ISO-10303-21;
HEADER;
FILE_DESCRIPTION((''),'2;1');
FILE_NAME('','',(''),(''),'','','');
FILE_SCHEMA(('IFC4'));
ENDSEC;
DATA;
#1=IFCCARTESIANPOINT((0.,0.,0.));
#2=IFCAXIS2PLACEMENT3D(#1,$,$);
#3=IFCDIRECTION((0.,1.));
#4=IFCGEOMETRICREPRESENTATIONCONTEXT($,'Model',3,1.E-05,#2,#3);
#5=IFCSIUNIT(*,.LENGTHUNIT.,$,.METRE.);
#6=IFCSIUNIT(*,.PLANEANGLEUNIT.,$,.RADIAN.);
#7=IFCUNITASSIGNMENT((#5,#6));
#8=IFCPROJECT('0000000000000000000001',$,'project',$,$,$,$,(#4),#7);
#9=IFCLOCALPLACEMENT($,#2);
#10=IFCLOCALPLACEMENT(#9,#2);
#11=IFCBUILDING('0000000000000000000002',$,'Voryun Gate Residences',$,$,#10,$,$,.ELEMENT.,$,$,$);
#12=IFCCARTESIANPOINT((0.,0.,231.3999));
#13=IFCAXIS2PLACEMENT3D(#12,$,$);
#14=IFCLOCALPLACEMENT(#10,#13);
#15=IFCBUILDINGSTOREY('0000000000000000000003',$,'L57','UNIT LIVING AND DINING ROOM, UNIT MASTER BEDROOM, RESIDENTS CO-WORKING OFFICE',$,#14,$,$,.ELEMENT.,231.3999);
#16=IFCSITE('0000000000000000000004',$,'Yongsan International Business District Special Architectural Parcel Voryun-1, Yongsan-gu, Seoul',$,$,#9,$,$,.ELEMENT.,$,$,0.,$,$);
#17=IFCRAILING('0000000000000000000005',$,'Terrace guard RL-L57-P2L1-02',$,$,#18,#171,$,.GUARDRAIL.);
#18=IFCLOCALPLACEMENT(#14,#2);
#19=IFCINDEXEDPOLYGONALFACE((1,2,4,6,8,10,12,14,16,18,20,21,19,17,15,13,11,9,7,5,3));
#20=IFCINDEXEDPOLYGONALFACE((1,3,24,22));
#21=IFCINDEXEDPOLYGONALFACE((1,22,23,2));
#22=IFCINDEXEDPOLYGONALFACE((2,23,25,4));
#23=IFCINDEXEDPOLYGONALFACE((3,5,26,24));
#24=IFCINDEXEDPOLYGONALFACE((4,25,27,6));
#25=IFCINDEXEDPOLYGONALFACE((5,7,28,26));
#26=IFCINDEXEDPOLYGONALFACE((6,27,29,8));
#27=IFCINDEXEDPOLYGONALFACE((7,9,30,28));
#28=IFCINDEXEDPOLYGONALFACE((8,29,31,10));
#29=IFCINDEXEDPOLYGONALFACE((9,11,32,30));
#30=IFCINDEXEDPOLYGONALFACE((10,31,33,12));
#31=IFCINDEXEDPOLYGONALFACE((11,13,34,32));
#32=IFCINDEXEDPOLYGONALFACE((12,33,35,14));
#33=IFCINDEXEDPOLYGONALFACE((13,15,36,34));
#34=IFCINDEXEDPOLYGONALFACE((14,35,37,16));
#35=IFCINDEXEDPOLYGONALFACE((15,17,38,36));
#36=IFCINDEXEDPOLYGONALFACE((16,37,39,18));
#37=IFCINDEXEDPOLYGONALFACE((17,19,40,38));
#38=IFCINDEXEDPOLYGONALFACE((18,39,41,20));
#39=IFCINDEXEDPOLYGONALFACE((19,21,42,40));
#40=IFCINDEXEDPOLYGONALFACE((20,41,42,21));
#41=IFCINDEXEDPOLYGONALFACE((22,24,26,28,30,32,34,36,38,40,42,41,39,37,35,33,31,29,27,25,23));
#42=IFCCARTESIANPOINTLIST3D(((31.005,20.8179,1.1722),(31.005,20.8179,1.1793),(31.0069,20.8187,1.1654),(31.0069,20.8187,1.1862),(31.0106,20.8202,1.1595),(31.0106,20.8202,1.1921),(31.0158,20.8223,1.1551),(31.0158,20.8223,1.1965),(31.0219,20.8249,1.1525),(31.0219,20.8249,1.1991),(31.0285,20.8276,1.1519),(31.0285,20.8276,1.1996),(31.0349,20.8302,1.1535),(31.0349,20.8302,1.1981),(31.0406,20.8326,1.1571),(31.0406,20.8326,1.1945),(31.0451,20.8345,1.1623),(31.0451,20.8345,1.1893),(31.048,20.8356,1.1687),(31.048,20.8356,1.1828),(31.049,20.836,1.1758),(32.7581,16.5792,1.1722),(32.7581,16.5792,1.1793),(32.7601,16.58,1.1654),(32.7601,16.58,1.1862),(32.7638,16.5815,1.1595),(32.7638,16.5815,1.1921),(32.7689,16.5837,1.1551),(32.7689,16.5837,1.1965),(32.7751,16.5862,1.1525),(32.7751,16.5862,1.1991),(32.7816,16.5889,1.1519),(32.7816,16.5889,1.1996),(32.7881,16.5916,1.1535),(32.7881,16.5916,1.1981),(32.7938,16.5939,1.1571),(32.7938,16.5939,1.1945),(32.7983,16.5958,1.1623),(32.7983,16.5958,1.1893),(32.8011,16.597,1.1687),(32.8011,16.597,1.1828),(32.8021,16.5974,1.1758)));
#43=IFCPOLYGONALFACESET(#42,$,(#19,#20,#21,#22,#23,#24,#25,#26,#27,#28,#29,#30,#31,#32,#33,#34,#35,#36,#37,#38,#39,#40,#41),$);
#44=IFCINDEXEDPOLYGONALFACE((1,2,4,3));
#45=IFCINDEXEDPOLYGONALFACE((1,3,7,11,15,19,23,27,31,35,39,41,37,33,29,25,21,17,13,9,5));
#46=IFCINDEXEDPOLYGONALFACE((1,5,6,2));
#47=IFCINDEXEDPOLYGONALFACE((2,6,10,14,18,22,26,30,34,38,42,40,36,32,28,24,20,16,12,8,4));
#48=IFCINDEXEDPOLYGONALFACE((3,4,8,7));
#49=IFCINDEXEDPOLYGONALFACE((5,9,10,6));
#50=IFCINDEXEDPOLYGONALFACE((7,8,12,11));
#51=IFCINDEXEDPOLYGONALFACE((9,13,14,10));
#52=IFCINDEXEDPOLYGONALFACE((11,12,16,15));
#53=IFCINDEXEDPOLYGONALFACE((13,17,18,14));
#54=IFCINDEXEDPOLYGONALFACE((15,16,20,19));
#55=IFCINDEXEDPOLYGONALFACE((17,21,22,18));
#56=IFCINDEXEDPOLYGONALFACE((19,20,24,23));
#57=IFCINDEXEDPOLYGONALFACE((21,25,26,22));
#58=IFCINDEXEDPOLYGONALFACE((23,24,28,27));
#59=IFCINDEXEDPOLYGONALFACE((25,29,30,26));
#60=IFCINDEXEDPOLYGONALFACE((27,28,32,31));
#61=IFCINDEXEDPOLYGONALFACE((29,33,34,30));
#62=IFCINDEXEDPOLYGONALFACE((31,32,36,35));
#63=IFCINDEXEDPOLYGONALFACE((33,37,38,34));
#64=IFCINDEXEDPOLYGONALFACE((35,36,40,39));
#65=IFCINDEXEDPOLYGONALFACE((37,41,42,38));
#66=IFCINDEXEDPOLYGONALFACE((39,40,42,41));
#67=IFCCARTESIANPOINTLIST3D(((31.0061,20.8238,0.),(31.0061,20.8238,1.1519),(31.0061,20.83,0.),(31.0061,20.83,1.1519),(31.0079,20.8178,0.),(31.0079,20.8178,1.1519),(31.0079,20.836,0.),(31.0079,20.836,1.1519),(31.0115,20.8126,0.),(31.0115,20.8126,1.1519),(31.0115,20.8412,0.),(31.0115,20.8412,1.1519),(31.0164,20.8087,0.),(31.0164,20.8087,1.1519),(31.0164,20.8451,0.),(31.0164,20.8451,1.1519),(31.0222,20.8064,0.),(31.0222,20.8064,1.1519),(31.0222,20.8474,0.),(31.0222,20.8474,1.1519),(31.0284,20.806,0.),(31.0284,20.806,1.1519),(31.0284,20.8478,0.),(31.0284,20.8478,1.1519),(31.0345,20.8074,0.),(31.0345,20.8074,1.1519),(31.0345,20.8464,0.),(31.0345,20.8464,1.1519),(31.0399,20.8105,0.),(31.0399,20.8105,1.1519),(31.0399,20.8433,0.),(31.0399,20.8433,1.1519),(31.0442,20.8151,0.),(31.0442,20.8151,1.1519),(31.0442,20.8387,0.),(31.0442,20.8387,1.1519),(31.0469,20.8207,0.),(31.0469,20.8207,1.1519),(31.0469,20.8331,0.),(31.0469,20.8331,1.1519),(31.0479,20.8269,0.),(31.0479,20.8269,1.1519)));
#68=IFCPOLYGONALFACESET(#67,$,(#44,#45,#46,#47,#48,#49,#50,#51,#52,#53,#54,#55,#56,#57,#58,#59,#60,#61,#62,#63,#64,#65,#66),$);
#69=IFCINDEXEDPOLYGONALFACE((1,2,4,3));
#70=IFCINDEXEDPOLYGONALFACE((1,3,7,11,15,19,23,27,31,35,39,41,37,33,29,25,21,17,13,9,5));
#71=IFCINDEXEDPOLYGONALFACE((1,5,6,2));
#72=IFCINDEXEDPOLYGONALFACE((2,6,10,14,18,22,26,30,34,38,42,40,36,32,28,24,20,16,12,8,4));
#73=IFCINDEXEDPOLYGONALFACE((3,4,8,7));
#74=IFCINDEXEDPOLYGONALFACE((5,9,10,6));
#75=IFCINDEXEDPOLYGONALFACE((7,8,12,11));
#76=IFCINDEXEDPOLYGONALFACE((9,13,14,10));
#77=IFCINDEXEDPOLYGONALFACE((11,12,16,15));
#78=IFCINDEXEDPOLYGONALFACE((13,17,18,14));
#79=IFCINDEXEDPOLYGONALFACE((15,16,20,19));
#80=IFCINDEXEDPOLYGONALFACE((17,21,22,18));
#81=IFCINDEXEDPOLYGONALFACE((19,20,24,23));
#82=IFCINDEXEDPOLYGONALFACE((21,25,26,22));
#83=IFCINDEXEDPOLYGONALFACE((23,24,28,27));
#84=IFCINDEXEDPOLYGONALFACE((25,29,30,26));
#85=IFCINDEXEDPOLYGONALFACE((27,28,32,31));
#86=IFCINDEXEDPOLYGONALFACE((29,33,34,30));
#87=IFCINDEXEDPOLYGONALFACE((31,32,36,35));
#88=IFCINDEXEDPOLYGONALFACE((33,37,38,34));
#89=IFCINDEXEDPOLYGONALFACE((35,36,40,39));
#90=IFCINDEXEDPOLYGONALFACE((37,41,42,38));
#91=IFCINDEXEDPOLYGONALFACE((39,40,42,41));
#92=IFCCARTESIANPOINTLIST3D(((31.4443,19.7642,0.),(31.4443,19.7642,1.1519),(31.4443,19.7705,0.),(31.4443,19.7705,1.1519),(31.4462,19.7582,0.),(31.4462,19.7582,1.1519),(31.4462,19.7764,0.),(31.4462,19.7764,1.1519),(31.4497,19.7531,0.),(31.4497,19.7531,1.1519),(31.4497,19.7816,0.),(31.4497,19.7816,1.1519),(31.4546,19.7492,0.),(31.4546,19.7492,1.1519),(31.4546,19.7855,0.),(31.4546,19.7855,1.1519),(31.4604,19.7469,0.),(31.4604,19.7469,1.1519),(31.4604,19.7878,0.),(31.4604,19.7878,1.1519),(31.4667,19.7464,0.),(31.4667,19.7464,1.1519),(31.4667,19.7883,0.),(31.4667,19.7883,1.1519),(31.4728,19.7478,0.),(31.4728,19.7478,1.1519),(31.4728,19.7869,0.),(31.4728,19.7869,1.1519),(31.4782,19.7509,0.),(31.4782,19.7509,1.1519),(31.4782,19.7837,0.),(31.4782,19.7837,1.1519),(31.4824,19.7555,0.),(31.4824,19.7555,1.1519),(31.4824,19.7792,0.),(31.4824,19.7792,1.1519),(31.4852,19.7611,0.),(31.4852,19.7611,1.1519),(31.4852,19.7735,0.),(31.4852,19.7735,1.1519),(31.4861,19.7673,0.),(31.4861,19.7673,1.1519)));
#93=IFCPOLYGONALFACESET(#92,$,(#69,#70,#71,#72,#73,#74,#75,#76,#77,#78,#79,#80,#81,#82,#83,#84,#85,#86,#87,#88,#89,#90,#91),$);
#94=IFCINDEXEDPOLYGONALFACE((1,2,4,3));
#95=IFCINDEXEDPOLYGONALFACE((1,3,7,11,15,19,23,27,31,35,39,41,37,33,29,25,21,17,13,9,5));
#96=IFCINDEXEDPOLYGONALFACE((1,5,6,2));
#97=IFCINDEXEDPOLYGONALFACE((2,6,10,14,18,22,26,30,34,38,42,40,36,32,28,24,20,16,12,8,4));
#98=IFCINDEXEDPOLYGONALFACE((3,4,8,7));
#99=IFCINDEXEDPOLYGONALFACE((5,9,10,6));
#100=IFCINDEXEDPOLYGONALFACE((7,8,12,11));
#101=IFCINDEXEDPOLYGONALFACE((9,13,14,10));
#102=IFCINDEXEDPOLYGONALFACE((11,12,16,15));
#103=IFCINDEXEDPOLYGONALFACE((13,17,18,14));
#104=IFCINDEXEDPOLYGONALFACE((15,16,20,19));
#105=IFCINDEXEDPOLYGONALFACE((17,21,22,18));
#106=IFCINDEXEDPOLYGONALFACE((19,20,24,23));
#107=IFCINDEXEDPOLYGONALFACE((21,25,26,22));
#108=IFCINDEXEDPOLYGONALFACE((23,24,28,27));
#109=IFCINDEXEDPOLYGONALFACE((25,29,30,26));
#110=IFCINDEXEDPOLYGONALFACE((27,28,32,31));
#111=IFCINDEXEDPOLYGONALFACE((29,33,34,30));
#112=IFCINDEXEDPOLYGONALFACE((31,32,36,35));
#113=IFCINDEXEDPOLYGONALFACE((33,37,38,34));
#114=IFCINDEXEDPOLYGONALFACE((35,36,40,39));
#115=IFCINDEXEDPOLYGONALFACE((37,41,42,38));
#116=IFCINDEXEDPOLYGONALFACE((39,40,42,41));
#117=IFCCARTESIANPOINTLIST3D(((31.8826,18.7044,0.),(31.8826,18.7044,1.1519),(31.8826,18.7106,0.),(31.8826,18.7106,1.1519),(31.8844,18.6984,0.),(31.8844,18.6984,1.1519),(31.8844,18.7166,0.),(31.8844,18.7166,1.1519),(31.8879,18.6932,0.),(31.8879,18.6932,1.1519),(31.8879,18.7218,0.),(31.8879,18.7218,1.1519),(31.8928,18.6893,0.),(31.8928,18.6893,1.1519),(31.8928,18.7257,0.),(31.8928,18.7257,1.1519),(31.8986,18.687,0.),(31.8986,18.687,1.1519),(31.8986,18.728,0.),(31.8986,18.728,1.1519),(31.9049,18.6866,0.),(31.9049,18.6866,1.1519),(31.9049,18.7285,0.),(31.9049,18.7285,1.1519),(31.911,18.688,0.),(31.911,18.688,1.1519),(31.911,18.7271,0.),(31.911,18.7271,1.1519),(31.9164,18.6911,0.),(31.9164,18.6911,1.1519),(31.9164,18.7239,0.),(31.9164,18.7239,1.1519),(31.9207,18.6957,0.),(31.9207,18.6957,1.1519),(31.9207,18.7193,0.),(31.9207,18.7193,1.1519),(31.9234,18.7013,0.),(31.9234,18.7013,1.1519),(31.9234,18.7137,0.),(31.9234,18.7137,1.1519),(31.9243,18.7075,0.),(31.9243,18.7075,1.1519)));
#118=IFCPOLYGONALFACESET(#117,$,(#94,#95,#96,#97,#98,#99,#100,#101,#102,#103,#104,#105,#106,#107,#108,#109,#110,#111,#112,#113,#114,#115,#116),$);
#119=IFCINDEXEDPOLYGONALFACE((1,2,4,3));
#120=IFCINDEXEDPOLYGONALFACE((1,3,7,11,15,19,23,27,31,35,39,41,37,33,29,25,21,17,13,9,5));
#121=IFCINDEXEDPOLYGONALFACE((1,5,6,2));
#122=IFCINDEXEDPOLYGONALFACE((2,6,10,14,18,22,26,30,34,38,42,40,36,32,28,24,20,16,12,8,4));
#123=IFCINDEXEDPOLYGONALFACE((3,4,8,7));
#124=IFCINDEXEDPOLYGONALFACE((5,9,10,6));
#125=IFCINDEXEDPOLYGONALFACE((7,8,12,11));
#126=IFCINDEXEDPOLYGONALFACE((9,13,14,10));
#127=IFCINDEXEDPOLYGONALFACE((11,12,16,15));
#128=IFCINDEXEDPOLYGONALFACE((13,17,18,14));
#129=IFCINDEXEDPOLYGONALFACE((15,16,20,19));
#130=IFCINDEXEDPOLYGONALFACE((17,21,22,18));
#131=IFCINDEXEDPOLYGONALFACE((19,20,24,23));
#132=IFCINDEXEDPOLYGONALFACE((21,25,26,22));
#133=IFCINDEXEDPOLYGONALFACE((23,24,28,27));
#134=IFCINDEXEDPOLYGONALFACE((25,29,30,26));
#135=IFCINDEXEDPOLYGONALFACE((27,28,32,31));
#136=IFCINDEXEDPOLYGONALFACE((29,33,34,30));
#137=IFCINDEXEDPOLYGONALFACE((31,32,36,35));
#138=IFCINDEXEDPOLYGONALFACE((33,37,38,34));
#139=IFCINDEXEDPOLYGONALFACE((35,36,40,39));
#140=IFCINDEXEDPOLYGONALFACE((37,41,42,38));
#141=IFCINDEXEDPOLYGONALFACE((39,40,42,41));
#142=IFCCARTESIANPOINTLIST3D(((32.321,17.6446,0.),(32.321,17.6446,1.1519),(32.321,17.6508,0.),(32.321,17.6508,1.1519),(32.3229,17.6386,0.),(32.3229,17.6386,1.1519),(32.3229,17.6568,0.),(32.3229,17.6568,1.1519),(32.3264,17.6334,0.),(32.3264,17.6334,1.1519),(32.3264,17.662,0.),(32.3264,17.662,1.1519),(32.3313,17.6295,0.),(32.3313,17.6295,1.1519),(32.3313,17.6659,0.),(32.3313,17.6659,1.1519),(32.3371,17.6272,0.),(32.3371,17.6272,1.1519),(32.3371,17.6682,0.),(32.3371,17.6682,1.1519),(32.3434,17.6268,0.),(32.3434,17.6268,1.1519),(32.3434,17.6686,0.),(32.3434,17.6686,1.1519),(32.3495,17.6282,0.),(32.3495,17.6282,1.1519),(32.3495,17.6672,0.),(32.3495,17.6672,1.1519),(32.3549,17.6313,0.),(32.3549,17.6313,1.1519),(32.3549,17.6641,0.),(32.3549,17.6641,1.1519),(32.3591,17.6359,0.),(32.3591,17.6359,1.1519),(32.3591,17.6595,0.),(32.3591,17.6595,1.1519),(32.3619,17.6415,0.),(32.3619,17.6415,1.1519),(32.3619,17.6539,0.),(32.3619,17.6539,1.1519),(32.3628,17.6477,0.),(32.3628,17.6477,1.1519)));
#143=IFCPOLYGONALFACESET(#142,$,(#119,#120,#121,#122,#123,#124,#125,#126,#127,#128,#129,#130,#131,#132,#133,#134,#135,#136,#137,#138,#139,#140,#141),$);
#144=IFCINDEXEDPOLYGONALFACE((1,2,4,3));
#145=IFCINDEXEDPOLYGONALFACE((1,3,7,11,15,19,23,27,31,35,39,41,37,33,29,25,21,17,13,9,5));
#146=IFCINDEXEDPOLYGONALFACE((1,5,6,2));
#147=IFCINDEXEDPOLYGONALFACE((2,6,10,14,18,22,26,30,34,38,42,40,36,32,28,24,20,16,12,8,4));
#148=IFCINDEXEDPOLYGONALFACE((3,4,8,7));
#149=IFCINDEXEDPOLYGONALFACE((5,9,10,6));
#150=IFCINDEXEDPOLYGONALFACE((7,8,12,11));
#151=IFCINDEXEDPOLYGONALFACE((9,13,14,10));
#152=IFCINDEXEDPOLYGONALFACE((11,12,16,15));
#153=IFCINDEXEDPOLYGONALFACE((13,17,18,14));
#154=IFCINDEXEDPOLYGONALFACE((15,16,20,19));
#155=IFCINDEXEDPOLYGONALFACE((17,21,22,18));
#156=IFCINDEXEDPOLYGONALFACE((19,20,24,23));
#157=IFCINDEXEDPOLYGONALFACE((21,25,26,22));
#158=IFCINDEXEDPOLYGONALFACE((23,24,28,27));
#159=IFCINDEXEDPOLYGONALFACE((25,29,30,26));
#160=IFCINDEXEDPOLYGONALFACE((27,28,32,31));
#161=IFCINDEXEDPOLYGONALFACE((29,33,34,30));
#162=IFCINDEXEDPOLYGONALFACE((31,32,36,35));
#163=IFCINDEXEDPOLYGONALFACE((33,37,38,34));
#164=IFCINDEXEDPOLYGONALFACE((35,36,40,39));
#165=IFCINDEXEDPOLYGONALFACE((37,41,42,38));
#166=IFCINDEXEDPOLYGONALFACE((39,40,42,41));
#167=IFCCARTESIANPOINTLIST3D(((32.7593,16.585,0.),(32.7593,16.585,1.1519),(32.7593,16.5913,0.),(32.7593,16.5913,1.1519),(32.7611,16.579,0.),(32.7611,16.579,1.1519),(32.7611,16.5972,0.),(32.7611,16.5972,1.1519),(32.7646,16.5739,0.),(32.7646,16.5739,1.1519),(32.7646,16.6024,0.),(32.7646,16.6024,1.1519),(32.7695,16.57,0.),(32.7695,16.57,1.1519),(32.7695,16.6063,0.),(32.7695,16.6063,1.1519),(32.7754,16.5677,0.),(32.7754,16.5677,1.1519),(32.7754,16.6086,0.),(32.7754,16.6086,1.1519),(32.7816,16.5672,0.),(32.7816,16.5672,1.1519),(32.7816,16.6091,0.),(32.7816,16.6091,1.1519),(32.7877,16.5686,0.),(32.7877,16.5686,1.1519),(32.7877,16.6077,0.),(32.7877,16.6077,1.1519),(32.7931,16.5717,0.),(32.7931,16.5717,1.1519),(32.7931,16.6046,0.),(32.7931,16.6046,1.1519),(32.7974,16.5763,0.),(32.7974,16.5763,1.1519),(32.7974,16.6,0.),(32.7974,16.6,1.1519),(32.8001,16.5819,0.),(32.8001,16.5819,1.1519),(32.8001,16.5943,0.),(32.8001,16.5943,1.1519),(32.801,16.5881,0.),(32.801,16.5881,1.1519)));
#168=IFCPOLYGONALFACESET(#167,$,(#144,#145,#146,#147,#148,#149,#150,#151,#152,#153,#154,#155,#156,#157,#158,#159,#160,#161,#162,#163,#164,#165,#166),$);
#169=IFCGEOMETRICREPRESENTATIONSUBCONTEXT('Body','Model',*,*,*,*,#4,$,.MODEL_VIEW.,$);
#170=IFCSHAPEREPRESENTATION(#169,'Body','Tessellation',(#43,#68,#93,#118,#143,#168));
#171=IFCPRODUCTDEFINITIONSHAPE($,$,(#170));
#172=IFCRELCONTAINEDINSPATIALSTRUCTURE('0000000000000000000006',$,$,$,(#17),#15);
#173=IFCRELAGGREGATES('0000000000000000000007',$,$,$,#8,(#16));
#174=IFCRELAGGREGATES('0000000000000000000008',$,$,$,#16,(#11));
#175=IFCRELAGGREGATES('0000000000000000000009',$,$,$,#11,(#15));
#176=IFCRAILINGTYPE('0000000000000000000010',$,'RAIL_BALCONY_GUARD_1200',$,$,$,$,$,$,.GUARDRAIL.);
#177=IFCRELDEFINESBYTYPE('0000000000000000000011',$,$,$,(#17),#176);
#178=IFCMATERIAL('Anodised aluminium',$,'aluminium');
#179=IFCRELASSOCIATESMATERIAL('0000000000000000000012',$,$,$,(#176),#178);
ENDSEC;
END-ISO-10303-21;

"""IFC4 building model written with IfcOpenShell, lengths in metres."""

from ifc_helpers import new_model, si_unit, direction, frame, origin, origin_2d, place, context, subcontext, project, spatial, circle, extrude, material, type_object, element, save


model = new_model("IFC4")

# Units and contexts
model_context = context("Model", 3, precision=1e-05, world=origin(), true_north=direction((0.0, 1.0)))
body_context = subcontext(model_context, "Body", "Model", "MODEL_VIEW")
ifc_project = project(units=[si_unit("LENGTHUNIT", "METRE"), si_unit("PLANEANGLEUNIT", "RADIAN")], contexts=[model_context])

# Site, building, storey
site_placement = place(None, origin())
site = spatial("IfcSite", under=ifc_project, at=site_placement, Name="Yongsan International Business District Special Architectural Parcel Voryun-1, Yongsan-gu, Seoul", CompositionType="ELEMENT", RefElevation=0.0)
building_placement = place(site_placement, origin())
building = spatial("IfcBuilding", under=site, at=building_placement, Name="Voryun Gate Residences", CompositionType="ELEMENT")
storey_placement = place(building_placement, frame((0.0, 0.0, 231.3999)))
storey = spatial("IfcBuildingStorey", under=building, at=storey_placement, Name="L57", Description="UNIT LIVING AND DINING ROOM, UNIT MASTER BEDROOM, RESIDENTS CO-WORKING OFFICE", CompositionType="ELEMENT", Elevation=231.3999)

# Railing
ifc_material_1 = material(Name="Anodised aluminium", Category="aluminium")
railing_type = type_object("IfcRailingType", Name="RAIL_BALCONY_GUARD_1200", PredefinedType="GUARDRAIL", material=ifc_material_1)
railing_1_placement = place(storey_placement, frame((31.0269, 20.8269, 0.0)))
element("IfcRailing", 1, at=railing_1_placement, inside=storey, type_object=railing_type, Name="Terrace guard RL-L57-P2L1-02", PredefinedType="GUARDRAIL", context=body_context, shape_type="SweptSolid", body=[
    extrude(circle(Radius=0.0239, at=origin_2d()), frame((0.0, 0.0, 1.1758), z_axis=(0.382203, -0.924078, 0.0), x_axis=(0.924078, 0.382203, 0.0)), (0.0, 0.0, 1.0), 4.5869),
    extrude(circle(Radius=0.021, at=origin_2d()), origin(), (0.0, 0.0, 1.0), 1.1519),
    extrude(circle(Radius=0.021, at=origin_2d()), frame((0.4382, -1.0596, 0.0)), (0.0, 0.0, 1.0), 1.1519),
    extrude(circle(Radius=0.021, at=origin_2d()), frame((0.8765, -2.1194, 0.0)), (0.0, 0.0, 1.0), 1.1519),
    extrude(circle(Radius=0.021, at=origin_2d()), frame((1.3149, -3.1792, 0.0)), (0.0, 0.0, 1.0), 1.1519),
    extrude(circle(Radius=0.021, at=origin_2d()), frame((1.7532, -4.2388, 0.0)), (0.0, 0.0, 1.0), 1.1519),
])

save(model, "model.ifc")
